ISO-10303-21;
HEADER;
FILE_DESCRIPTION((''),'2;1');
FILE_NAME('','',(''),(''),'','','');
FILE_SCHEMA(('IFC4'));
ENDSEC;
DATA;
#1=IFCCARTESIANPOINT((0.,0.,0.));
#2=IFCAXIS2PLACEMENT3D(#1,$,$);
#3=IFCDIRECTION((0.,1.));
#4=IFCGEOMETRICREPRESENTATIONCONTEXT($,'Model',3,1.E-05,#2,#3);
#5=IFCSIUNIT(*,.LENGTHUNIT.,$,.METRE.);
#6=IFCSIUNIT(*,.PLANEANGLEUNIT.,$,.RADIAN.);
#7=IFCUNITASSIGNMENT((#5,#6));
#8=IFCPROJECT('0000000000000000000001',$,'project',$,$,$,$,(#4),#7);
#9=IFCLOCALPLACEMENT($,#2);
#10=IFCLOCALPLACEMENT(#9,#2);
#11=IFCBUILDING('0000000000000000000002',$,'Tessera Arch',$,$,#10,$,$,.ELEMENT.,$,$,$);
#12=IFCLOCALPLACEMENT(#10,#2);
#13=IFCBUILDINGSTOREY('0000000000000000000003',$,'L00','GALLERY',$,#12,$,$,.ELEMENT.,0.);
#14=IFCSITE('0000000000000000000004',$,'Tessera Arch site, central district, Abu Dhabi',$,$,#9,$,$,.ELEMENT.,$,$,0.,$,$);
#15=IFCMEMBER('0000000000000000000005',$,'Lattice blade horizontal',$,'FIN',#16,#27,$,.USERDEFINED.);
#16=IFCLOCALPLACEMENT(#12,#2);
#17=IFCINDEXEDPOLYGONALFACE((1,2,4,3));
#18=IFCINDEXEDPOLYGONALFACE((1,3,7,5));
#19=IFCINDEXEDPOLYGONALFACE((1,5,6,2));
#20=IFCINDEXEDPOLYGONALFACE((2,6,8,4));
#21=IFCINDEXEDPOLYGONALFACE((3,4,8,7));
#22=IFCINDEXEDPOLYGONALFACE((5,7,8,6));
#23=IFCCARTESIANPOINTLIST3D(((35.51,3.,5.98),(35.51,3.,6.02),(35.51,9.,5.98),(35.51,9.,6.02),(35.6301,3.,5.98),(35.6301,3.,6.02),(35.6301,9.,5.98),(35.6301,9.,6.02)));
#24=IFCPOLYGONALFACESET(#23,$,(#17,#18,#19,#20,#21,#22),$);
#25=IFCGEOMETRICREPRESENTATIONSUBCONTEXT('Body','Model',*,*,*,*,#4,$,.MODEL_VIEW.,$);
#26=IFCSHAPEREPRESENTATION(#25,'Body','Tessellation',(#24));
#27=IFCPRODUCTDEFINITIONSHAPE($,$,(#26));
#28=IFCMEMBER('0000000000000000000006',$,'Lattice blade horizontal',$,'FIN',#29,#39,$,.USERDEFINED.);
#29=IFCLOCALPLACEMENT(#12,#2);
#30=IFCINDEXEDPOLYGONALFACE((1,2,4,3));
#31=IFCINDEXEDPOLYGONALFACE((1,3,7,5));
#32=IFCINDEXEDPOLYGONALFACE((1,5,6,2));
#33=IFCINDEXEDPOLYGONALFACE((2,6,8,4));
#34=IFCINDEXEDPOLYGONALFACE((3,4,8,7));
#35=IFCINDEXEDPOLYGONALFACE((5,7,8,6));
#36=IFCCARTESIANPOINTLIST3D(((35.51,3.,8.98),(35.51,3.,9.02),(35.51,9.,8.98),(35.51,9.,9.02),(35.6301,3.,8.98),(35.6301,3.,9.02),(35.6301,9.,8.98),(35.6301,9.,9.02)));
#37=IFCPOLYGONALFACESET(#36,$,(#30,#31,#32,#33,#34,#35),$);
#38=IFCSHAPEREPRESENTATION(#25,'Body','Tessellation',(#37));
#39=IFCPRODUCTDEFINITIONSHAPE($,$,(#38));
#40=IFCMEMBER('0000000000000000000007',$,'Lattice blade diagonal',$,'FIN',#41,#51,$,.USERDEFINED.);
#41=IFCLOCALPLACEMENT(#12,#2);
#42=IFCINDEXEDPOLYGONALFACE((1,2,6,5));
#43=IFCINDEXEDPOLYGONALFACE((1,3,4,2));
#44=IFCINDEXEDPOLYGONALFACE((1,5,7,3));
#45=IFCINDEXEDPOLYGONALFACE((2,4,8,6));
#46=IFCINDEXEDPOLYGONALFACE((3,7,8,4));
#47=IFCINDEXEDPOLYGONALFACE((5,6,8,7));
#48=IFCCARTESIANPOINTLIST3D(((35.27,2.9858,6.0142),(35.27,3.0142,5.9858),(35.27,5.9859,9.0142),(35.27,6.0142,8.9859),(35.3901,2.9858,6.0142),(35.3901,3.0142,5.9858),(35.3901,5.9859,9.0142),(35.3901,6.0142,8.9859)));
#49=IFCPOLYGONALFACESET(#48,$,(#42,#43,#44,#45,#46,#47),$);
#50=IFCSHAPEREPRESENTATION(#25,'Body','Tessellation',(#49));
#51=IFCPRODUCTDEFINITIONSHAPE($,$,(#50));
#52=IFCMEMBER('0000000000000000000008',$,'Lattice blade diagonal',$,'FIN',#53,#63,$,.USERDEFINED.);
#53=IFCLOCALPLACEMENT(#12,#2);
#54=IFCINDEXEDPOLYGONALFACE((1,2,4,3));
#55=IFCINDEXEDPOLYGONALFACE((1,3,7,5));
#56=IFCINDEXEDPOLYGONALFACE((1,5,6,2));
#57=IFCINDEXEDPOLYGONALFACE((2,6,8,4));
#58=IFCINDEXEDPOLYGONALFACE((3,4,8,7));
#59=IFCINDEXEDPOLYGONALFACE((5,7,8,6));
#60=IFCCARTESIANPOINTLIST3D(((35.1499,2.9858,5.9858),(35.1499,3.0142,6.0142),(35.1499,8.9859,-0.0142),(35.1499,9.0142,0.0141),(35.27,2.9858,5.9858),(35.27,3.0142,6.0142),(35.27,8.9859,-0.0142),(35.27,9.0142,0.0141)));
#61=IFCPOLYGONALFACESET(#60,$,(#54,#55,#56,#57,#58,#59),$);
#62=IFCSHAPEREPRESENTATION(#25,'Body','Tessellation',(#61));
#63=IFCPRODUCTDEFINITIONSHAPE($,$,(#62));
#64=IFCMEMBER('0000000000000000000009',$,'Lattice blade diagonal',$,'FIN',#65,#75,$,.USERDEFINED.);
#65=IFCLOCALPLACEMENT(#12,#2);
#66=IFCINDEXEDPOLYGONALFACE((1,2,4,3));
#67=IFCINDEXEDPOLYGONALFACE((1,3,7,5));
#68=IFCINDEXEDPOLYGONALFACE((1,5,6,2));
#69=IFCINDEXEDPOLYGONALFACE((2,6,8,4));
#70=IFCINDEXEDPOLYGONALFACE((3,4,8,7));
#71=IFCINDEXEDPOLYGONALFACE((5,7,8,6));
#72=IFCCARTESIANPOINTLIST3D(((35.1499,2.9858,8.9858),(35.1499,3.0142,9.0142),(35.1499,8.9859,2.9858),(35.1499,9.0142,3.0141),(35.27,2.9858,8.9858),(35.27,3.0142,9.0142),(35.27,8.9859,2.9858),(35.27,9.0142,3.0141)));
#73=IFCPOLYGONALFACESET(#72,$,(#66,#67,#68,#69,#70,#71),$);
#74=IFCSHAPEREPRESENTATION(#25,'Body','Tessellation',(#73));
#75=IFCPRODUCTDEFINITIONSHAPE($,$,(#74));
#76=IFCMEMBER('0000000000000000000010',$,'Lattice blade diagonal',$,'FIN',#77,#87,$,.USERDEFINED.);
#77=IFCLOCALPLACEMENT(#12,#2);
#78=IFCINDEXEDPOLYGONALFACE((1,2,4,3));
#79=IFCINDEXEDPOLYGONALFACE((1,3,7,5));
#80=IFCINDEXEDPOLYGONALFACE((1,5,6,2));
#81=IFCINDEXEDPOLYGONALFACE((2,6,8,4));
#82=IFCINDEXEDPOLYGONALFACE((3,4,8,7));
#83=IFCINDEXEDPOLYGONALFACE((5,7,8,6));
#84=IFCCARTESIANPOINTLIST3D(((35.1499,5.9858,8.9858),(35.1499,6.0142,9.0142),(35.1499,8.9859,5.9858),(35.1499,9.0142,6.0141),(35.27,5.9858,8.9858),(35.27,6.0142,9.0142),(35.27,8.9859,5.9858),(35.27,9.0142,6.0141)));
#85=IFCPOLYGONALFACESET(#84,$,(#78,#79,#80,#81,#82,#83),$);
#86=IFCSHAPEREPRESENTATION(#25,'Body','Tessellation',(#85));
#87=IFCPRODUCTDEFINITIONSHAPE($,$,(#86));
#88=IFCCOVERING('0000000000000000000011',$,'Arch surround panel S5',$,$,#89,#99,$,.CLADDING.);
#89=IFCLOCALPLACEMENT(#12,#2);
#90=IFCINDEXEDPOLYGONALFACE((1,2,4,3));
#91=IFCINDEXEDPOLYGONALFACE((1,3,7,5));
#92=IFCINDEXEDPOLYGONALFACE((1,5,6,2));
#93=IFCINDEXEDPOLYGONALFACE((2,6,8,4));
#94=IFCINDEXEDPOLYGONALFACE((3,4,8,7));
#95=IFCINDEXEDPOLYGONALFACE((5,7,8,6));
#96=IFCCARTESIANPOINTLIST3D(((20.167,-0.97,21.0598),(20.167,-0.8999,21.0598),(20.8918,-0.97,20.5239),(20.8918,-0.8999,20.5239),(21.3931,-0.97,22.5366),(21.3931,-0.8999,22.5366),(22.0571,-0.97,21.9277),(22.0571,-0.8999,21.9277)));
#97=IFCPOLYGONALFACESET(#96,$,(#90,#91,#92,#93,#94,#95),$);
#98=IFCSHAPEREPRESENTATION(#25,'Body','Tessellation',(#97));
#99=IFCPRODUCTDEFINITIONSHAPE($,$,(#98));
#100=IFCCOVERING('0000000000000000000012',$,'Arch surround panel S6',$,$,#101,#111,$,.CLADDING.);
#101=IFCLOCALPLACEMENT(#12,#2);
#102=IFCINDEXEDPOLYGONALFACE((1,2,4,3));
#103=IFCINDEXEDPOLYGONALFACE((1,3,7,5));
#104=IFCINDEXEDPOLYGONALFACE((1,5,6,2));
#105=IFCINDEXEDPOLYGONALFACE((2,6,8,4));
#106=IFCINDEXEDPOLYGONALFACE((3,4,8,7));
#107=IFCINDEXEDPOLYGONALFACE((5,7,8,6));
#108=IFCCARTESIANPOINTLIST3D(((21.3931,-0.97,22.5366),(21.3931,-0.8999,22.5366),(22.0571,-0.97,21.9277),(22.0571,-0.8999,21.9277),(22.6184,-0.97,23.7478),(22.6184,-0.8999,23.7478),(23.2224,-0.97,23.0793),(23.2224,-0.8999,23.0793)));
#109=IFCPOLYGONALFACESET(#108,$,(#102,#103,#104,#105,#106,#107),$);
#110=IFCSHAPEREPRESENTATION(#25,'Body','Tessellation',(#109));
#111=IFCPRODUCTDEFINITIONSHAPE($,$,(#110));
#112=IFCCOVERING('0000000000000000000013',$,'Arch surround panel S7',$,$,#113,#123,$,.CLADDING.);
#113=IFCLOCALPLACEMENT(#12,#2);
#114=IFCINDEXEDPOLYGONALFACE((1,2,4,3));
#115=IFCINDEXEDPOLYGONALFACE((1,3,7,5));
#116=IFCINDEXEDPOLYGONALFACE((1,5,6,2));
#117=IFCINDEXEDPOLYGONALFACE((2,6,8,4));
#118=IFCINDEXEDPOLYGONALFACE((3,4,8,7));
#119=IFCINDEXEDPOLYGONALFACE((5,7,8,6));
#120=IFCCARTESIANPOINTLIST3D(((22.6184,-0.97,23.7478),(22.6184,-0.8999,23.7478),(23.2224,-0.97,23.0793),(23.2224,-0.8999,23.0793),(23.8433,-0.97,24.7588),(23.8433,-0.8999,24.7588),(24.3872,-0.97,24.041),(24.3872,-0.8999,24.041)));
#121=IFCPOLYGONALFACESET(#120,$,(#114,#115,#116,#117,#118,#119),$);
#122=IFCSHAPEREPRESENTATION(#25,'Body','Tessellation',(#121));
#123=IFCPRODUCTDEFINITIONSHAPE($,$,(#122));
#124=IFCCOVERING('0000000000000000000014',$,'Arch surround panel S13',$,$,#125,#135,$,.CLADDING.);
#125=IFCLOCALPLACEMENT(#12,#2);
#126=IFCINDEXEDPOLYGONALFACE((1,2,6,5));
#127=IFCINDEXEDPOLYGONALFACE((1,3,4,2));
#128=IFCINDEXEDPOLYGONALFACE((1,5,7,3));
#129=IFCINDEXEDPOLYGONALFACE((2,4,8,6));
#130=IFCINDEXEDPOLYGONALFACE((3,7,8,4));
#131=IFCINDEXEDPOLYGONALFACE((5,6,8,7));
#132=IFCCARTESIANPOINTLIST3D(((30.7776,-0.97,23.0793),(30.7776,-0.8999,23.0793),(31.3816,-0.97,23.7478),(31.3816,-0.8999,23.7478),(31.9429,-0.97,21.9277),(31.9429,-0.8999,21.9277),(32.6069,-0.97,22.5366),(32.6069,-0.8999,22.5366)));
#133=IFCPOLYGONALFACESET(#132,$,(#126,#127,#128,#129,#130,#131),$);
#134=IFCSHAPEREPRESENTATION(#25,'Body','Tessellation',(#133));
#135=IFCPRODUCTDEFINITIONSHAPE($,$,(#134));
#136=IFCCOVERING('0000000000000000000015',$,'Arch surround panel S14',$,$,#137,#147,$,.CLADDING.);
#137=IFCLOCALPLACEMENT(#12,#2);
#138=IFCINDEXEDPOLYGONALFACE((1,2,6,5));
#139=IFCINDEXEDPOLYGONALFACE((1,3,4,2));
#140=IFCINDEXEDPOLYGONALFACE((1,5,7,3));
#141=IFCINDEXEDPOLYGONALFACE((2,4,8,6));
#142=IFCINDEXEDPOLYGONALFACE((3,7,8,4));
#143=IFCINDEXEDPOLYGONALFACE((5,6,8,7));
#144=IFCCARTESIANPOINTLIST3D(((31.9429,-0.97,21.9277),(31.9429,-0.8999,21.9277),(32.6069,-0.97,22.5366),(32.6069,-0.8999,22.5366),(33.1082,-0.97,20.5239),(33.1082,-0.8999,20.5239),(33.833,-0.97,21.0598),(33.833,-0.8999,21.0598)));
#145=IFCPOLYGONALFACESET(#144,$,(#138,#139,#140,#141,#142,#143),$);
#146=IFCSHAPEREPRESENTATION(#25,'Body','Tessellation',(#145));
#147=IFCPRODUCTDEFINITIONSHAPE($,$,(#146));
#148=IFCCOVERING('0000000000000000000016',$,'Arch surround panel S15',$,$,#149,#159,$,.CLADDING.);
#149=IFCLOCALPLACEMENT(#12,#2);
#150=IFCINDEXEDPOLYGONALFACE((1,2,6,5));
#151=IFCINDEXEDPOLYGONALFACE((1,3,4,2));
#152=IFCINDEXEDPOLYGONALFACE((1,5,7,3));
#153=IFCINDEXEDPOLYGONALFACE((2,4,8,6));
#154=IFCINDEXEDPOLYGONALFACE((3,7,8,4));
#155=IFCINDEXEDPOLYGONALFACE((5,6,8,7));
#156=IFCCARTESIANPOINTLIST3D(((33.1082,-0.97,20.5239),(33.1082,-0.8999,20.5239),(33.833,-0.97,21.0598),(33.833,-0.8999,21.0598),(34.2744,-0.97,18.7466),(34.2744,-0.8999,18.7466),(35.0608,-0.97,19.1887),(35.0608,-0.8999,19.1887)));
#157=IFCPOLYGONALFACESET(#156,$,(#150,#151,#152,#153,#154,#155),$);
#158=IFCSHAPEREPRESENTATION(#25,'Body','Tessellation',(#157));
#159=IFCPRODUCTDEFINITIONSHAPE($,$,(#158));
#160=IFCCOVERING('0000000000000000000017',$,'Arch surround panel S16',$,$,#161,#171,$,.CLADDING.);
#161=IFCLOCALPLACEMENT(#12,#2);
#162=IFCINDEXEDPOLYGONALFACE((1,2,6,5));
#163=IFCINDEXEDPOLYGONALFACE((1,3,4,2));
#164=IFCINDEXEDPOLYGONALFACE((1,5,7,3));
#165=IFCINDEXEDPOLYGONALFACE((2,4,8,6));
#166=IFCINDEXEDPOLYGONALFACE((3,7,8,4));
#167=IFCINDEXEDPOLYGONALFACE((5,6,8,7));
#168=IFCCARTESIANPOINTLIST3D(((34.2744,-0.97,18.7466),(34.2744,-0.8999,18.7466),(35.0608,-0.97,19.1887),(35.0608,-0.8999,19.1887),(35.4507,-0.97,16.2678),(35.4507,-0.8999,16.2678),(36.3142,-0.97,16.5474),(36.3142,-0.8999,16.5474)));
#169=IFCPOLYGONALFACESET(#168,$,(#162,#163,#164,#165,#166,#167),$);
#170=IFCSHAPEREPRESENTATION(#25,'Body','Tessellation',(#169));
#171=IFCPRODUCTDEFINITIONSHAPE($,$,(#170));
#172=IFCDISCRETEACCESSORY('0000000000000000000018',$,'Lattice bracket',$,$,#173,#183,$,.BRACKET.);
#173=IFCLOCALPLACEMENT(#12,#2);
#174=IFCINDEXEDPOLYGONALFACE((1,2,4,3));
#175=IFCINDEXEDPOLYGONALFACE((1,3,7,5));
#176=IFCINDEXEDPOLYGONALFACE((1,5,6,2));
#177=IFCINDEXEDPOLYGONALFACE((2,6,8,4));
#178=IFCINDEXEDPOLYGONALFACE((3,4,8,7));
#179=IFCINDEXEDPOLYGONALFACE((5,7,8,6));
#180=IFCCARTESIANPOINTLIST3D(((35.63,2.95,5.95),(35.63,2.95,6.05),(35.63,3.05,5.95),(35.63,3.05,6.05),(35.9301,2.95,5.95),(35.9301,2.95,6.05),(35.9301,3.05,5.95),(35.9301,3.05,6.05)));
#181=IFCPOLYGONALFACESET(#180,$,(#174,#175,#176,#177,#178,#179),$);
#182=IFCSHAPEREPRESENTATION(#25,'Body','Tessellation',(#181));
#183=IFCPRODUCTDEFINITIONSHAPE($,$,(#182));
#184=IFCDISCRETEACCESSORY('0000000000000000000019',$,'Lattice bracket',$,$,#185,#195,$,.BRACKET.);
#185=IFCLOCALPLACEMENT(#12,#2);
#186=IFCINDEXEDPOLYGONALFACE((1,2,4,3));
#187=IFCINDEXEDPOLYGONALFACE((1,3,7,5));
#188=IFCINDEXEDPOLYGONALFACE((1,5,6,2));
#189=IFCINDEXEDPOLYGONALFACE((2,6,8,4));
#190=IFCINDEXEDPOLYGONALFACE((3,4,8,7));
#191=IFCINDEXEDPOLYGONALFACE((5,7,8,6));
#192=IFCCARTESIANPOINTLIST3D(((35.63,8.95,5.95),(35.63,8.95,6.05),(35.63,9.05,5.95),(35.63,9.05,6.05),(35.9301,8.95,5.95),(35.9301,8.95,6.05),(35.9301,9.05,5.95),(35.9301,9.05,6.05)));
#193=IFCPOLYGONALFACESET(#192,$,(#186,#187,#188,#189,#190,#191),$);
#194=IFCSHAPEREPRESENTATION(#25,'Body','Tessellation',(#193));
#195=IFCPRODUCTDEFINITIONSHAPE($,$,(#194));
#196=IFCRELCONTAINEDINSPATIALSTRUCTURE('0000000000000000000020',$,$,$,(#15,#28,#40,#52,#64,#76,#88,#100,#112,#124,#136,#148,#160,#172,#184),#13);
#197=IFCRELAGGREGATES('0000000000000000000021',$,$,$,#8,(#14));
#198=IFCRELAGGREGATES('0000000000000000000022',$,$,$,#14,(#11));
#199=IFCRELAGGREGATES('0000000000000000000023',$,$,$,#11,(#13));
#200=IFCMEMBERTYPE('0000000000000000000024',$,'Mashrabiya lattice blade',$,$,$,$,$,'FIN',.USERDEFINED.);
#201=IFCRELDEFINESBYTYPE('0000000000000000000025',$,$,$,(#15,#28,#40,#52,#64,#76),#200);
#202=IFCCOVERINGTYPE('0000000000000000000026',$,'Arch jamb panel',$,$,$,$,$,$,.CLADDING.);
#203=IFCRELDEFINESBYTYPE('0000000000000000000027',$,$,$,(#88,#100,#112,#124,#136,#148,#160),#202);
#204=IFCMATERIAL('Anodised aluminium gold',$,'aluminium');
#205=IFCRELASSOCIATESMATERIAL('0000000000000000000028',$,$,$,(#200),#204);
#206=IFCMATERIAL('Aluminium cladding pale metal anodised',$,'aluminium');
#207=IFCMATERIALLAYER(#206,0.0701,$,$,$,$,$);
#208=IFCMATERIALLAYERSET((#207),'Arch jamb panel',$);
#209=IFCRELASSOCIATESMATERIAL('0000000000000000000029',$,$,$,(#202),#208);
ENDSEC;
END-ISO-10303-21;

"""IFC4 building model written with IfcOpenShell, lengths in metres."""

from ifc_helpers import new_model, si_unit, direction, frame, origin, origin_2d, place, context, subcontext, project, spatial, polyline, rectangle, outline, extrude, material, layer, layer_set, material_profile, profile_set, type_object, element, save


model = new_model("IFC4")

# Units and contexts
model_context = context("Model", 3, precision=1e-05, world=origin(), true_north=direction((0.0, 1.0)))
body_context = subcontext(model_context, "Body", "Model", "MODEL_VIEW")
ifc_project = project(units=[si_unit("LENGTHUNIT", "METRE"), si_unit("PLANEANGLEUNIT", "RADIAN")], contexts=[model_context])

# Site, building, storey
site_placement = place(None, origin())
site = spatial("IfcSite", under=ifc_project, at=site_placement, Name="Tessera Arch site, central district, Abu Dhabi", CompositionType="ELEMENT", RefElevation=0.0)
building_placement = place(site_placement, origin())
building = spatial("IfcBuilding", under=site, at=building_placement, Name="Tessera Arch", CompositionType="ELEMENT")
storey_placement = place(building_placement, origin())
storey = spatial("IfcBuildingStorey", under=building, at=storey_placement, Name="L00", Description="GALLERY", CompositionType="ELEMENT", Elevation=0.0)

# Members
ifc_material_1 = material(Name="Anodised aluminium gold", Category="aluminium")
ifc_material_profile = material_profile(ifc_material_1, rectangle(XDim=0.1201, YDim=0.04, at=origin_2d()), Name="AL 40x120")
ifc_profile_set = profile_set([ifc_material_profile], Name="Anodised aluminium gold")
member_type = type_object("IfcMemberType", Name="Mashrabiya lattice blade", ElementType="FIN", PredefinedType="USERDEFINED", material=ifc_profile_set)
for number, where, z_axis, x_axis, name in (
    (1, (35.5701, 3.0, 6.0), (0.0, 1.0, 0.0), (-1.0, 0.0, 0.0), "Lattice blade horizontal"),
    (2, (35.5701, 3.0, 9.0), (0.0, 1.0, 0.0), (-1.0, 0.0, 0.0), "Lattice blade horizontal"),
):
    element("IfcMember", number, at=place(storey_placement, frame(where, z_axis=z_axis, x_axis=x_axis)), inside=storey, type_object=member_type, Name=name, ObjectType="FIN", PredefinedType="USERDEFINED", context=body_context, shape_type="SweptSolid", body=[
        extrude(rectangle(XDim=0.1201, YDim=0.04, at=origin_2d()), origin(), (0.0, 0.0, 1.0), 6.0),
    ])
member_1_placement = place(storey_placement, frame((35.3301, 3.0, 6.0), z_axis=(0.0, 0.707107, 0.707107), x_axis=(-1.0, 0.0, 0.0)))
element("IfcMember", 3, at=member_1_placement, inside=storey, type_object=member_type, Name="Lattice blade diagonal", ObjectType="FIN", PredefinedType="USERDEFINED", context=body_context, shape_type="SweptSolid", body=[
    extrude(rectangle(XDim=0.1201, YDim=0.04, at=origin_2d()), origin(), (0.0, 0.0, 1.0), 4.2427),
])
for number, where, z_axis, x_axis, name in (
    (4, (35.21, 3.0, 6.0), (0.0, 0.707107, -0.707107), (-1.0, 0.0, 0.0), "Lattice blade diagonal"),
    (5, (35.21, 3.0, 9.0), (0.0, 0.707107, -0.707107), (-1.0, 0.0, 0.0), "Lattice blade diagonal"),
):
    element("IfcMember", number, at=place(storey_placement, frame(where, z_axis=z_axis, x_axis=x_axis)), inside=storey, type_object=member_type, Name=name, ObjectType="FIN", PredefinedType="USERDEFINED", context=body_context, shape_type="SweptSolid", body=[
        extrude(rectangle(XDim=0.1201, YDim=0.04, at=origin_2d()), origin(), (0.0, 0.0, 1.0), 8.4854),
    ])
member_2_placement = place(storey_placement, frame((35.21, 6.0, 9.0), z_axis=(0.0, 0.707107, -0.707107), x_axis=(-1.0, 0.0, 0.0)))
element("IfcMember", 6, at=member_2_placement, inside=storey, type_object=member_type, Name="Lattice blade diagonal", ObjectType="FIN", PredefinedType="USERDEFINED", context=body_context, shape_type="SweptSolid", body=[
    extrude(rectangle(XDim=0.1201, YDim=0.04, at=origin_2d()), origin(), (0.0, 0.0, 1.0), 4.2427),
])

# Coverings
ifc_material_2 = material(Name="Aluminium cladding pale metal anodised", Category="aluminium")
ifc_layer = layer(ifc_material_2, 0.0701)
ifc_layer_set = layer_set([ifc_layer], Name="Arch jamb panel")
covering_type = type_object("IfcCoveringType", Name="Arch jamb panel", PredefinedType="CLADDING", material=ifc_layer_set)
covering_1_placement = place(storey_placement, frame((20.167, -0.8999, 21.0598), z_axis=(0.0, 1.0, 0.0), x_axis=(0.63877, 0.0, 0.769398)))
element("IfcCovering", 7, at=covering_1_placement, inside=storey, type_object=covering_type, Name="Arch surround panel S5", PredefinedType="CLADDING", context=body_context, shape_type="SweptSolid", body=[
    extrude(outline(polyline([(0.0, 0.0), (1.9194, 0.0), (1.8751, 0.8999), (0.0507, 0.9), (0.0, 0.0)])), origin(), (0.0, 0.0, -1.0), 0.0701),
])
covering_2_placement = place(storey_placement, frame((21.3931, -0.8999, 22.5366), z_axis=(0.0, 1.0, 0.0), x_axis=(0.711204, 0.0, 0.702985)))
element("IfcCovering", 8, at=covering_2_placement, inside=storey, type_object=covering_type, Name="Arch surround panel S6", PredefinedType="CLADDING", context=body_context, shape_type="SweptSolid", body=[
    extrude(outline(polyline([(0.0, 0.0), (1.7229, 0.0), (1.6826, 0.9), (0.0442, 0.8999), (0.0, 0.0)])), origin(), (0.0, 0.0, -1.0), 0.0701),
])
covering_3_placement = place(storey_placement, frame((22.6184, -0.8999, 23.7478), z_axis=(0.0, 1.0, 0.0), x_axis=(0.771224, 0.0, 0.636564)))
element("IfcCovering", 9, at=covering_3_placement, inside=storey, type_object=covering_type, Name="Arch surround panel S7", PredefinedType="CLADDING", context=body_context, shape_type="SweptSolid", body=[
    extrude(outline(polyline([(0.0, 0.0), (1.5882, 0.0), (1.5508, 0.8998), (0.0403, 0.9), (0.0, 0.0)])), origin(), (0.0, 0.0, -1.0), 0.0701),
])
covering_4_placement = place(storey_placement, frame((31.3816, -0.8999, 23.7478), z_axis=(0.0, 1.0, 0.0), x_axis=(0.711204, 0.0, -0.702985)))
element("IfcCovering", 10, at=covering_4_placement, inside=storey, type_object=covering_type, Name="Arch surround panel S13", PredefinedType="CLADDING", context=body_context, shape_type="SweptSolid", body=[
    extrude(outline(polyline([(0.0, 0.0), (1.7229, 0.0), (1.6787, 0.8999), (0.0403, 0.9), (0.0, 0.0)])), origin(), (0.0, 0.0, -1.0), 0.0701),
])
covering_5_placement = place(storey_placement, frame((32.6069, -0.8999, 22.5366), z_axis=(0.0, 1.0, 0.0), x_axis=(0.63877, 0.0, -0.769398)))
element("IfcCovering", 11, at=covering_5_placement, inside=storey, type_object=covering_type, Name="Arch surround panel S14", PredefinedType="CLADDING", context=body_context, shape_type="SweptSolid", body=[
    extrude(outline(polyline([(0.0, 0.0), (1.9194, 0.0), (1.8687, 0.9), (0.0443, 0.8999), (0.0, 0.0)])), origin(), (0.0, 0.0, -1.0), 0.0701),
])
covering_6_placement = place(storey_placement, frame((33.833, -0.8999, 21.0598), z_axis=(0.0, 1.0, 0.0), x_axis=(0.548618, 0.0, -0.836073)))
element("IfcCovering", 12, at=covering_6_placement, inside=storey, type_object=covering_type, Name="Arch surround panel S15", PredefinedType="CLADDING", context=body_context, shape_type="SweptSolid", body=[
    extrude(outline(polyline([(0.0, 0.0), (2.238, 0.0), (2.1762, 0.9), (0.0504, 0.9), (0.0, 0.0)])), origin(), (0.0, 0.0, -1.0), 0.0701),
])
covering_7_placement = place(storey_placement, frame((35.0608, -0.8999, 19.1887), z_axis=(0.0, 1.0, 0.0), x_axis=(0.428714, 0.0, -0.90344)))
element("IfcCovering", 13, at=covering_7_placement, inside=storey, type_object=covering_type, Name="Arch surround panel S16", PredefinedType="CLADDING", context=body_context, shape_type="SweptSolid", body=[
    extrude(outline(polyline([(0.0, 0.0), (2.9237, 0.0), (2.806, 0.9), (0.0623, 0.9), (0.0, 0.0)])), origin(), (0.0, 0.0, -1.0), 0.0701),
])

# Discrete accessories
for number, where, z_axis, x_axis, name in (
    (14, (35.78, 3.0, 5.95), (0.0, 0.0, 1.0), (-1.0, 0.0, 0.0), "Lattice bracket"),
    (15, (35.78, 9.0, 5.95), (0.0, 0.0, 1.0), (-1.0, 0.0, 0.0), "Lattice bracket"),
):
    element("IfcDiscreteAccessory", number, at=place(storey_placement, frame(where, z_axis=z_axis, x_axis=x_axis)), inside=storey, Name=name, PredefinedType="BRACKET", context=body_context, shape_type="SweptSolid", body=[
        extrude(rectangle(XDim=0.3, YDim=0.1001, at=origin_2d()), origin(), (0.0, 0.0, 1.0), 0.1001),
    ])

save(model, "model.ifc")
